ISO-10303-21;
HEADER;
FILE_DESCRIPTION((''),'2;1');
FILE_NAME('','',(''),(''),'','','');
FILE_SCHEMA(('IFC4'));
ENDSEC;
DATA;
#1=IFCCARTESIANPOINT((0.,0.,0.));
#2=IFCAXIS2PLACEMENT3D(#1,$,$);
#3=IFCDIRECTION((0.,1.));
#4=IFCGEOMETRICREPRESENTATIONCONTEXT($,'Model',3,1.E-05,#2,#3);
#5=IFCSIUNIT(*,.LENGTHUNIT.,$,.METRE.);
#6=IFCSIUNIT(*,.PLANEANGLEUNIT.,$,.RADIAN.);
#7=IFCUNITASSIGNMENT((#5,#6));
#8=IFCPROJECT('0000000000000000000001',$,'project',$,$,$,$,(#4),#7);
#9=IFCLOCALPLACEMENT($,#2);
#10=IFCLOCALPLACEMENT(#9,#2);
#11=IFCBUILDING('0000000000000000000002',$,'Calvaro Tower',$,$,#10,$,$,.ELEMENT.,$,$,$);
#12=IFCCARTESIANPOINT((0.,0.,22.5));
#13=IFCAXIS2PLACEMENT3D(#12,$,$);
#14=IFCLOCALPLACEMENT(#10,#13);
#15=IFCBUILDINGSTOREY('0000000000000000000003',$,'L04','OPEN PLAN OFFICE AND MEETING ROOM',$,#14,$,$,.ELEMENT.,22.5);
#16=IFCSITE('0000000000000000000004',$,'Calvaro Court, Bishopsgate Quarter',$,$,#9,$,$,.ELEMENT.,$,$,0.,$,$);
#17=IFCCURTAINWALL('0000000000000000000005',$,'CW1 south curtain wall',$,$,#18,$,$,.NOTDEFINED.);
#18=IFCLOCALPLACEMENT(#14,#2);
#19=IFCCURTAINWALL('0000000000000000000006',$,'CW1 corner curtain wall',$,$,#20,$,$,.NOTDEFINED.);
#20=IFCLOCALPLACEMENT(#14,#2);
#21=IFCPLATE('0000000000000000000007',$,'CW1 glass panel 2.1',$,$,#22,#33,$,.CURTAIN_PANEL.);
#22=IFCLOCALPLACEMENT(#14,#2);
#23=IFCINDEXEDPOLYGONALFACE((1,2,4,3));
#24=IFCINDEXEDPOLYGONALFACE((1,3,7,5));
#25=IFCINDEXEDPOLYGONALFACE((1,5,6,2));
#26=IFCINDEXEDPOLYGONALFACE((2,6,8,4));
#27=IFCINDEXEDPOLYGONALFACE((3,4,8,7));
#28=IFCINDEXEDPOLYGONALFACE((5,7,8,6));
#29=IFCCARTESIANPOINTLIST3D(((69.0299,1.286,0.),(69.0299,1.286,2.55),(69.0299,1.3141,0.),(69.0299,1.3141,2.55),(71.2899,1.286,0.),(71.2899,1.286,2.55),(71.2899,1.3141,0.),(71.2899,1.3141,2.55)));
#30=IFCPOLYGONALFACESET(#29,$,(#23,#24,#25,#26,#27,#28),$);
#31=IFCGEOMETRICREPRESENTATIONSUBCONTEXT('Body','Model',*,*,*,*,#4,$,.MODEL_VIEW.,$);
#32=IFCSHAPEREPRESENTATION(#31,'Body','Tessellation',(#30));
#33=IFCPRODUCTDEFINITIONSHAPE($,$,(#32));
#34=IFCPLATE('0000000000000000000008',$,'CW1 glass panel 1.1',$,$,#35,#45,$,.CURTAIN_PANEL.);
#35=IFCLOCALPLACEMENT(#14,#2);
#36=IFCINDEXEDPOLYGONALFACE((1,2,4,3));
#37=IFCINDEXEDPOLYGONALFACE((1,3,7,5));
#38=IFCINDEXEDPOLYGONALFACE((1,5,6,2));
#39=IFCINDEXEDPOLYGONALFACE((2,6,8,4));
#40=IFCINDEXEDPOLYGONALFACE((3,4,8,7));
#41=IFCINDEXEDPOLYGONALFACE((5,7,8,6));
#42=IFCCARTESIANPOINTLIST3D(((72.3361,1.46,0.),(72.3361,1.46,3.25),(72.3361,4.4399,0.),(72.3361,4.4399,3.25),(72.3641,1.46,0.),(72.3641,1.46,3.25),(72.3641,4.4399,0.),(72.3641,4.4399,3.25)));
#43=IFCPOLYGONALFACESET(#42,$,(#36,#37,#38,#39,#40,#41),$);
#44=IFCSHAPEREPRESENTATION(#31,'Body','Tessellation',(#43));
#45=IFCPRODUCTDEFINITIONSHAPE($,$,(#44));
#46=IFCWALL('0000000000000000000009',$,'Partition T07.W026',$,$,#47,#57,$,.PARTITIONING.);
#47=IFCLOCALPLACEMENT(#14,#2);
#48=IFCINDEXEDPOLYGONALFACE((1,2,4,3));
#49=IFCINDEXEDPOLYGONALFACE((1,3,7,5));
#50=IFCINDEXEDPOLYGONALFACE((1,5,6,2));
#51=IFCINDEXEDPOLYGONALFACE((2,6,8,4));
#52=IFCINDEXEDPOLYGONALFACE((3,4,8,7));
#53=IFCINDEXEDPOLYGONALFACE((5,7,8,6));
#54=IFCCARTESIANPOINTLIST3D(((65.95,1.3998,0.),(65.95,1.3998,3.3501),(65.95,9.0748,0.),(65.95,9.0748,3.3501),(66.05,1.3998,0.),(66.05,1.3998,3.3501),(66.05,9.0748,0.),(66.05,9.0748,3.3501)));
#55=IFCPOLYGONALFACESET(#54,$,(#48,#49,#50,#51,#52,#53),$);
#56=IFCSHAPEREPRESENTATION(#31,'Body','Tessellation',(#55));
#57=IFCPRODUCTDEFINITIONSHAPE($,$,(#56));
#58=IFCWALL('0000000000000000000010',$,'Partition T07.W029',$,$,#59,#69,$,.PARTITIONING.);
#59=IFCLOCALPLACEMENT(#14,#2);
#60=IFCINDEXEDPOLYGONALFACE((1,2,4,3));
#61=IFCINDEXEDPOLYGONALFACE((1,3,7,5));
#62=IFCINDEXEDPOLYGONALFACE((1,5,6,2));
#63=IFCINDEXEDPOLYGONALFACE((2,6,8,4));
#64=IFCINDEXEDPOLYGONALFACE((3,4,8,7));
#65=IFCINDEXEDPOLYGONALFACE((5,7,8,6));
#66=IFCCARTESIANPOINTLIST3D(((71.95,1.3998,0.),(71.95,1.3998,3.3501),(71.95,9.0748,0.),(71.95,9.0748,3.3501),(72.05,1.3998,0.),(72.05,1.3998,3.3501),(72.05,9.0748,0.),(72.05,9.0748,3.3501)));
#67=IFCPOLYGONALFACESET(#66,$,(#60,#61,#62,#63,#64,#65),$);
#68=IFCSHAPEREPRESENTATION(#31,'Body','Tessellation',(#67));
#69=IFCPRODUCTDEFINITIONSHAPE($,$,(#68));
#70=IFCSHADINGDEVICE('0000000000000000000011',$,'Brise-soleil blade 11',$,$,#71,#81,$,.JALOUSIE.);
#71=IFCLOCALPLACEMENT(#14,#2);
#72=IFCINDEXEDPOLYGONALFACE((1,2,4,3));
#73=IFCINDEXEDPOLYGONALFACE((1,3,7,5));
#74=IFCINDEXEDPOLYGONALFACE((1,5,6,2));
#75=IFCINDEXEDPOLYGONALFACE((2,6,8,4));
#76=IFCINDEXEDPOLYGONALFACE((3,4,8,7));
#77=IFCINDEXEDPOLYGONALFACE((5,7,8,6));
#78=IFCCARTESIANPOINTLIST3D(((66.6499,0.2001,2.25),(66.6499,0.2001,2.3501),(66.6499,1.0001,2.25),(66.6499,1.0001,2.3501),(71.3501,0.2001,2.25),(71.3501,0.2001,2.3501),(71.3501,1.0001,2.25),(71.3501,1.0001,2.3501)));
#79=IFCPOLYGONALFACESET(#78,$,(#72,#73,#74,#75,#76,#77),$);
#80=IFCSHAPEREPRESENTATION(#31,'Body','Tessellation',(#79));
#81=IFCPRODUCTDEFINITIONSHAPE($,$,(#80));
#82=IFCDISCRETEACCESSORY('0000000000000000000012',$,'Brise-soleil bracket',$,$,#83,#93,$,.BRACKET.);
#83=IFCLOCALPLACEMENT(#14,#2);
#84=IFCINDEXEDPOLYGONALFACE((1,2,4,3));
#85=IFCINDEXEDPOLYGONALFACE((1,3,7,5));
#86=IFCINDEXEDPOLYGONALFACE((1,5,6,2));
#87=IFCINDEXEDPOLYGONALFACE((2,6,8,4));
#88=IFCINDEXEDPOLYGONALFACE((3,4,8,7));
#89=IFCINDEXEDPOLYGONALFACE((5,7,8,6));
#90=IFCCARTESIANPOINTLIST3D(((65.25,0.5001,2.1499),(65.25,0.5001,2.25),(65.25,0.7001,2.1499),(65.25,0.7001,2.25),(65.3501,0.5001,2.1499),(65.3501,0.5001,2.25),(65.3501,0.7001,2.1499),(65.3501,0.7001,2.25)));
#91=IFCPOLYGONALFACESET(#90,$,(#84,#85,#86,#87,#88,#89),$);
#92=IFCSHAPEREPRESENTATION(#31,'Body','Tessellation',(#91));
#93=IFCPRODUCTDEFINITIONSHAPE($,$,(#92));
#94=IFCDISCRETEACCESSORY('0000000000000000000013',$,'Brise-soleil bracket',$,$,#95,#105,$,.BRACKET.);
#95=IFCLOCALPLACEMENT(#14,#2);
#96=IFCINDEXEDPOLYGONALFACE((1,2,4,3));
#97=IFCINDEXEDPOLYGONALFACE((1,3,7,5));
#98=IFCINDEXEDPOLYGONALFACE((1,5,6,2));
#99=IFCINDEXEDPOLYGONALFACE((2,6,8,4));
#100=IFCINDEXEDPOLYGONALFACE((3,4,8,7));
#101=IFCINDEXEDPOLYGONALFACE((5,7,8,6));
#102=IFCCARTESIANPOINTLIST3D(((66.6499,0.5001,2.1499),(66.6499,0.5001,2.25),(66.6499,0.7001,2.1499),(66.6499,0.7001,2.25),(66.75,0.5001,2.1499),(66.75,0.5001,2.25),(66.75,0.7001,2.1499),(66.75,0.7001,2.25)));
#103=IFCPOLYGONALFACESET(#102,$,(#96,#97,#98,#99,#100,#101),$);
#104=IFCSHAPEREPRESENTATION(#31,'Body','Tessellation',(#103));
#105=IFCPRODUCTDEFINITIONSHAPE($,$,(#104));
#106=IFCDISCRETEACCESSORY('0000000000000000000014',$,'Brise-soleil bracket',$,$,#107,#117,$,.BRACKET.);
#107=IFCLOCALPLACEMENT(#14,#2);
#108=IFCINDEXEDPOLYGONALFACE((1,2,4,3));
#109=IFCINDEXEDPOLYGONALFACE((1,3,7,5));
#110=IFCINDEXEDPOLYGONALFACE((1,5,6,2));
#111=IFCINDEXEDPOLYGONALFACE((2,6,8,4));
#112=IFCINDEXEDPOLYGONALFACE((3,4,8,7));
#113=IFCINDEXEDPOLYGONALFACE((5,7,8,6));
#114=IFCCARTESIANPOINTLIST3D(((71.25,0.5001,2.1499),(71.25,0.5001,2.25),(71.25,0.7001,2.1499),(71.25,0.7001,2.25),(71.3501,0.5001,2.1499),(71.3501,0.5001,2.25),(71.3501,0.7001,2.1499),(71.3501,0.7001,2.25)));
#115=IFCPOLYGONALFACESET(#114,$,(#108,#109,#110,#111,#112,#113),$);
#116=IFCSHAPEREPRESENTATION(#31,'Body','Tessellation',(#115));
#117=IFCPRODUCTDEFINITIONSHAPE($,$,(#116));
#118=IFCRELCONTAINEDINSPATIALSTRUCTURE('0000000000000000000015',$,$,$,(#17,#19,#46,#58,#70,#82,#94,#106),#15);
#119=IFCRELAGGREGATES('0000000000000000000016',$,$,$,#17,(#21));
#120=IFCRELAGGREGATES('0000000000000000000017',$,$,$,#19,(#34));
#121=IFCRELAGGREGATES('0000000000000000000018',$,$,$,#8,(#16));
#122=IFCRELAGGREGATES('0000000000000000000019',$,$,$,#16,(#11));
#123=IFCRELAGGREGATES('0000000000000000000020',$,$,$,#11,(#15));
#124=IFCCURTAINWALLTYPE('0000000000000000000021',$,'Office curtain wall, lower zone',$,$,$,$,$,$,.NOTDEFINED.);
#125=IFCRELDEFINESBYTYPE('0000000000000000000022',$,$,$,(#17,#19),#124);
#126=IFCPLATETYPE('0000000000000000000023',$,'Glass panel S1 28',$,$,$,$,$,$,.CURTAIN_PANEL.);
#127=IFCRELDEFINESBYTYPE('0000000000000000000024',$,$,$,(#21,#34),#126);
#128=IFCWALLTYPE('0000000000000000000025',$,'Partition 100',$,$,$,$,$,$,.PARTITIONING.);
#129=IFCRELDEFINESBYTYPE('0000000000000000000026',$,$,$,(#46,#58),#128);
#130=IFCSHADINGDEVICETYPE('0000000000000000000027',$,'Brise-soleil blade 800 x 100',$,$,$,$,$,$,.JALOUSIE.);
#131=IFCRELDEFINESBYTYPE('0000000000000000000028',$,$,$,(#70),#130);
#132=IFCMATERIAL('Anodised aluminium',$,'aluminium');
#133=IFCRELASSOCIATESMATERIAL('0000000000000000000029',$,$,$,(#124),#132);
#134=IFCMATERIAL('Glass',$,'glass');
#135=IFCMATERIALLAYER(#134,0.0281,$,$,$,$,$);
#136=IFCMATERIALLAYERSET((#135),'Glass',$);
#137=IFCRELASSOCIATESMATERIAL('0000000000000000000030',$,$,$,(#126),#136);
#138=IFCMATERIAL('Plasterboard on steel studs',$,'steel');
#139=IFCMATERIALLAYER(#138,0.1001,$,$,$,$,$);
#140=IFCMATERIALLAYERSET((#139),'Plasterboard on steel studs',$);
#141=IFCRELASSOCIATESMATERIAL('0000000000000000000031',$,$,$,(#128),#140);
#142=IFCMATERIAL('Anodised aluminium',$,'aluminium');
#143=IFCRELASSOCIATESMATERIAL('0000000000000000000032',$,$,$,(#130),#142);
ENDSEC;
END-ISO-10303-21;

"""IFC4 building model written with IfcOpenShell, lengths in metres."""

from ifc_helpers import new_model, si_unit, direction, frame, frame_2d, origin, origin_2d, place, context, subcontext, project, spatial, rectangle, extrude, material, layer, layer_set, material_profile, profile_set, type_object, element, aggregate, save


model = new_model("IFC4")

# Units and contexts
model_context = context("Model", 3, precision=1e-05, world=origin(), true_north=direction((0.0, 1.0)))
body_context = subcontext(model_context, "Body", "Model", "MODEL_VIEW")
ifc_project = project(units=[si_unit("LENGTHUNIT", "METRE"), si_unit("PLANEANGLEUNIT", "RADIAN")], contexts=[model_context])

# Site, building, storey
site_placement = place(None, origin())
site = spatial("IfcSite", under=ifc_project, at=site_placement, Name="Calvaro Court, Bishopsgate Quarter", CompositionType="ELEMENT", RefElevation=0.0)
building_placement = place(site_placement, origin())
building = spatial("IfcBuilding", under=site, at=building_placement, Name="Calvaro Tower", CompositionType="ELEMENT")
storey_placement = place(building_placement, frame((0.0, 0.0, 22.5)))
storey = spatial("IfcBuildingStorey", under=building, at=storey_placement, Name="L04", Description="OPEN PLAN OFFICE AND MEETING ROOM", CompositionType="ELEMENT", Elevation=22.5)

# Shared definitions
ifc_material_1 = material(Name="Anodised aluminium", Category="aluminium")
curtain_wall_type = type_object("IfcCurtainWallType", Name="Office curtain wall, lower zone", PredefinedType="NOTDEFINED", material=ifc_material_1)

# Curtain walls
curtain_wall_1_placement = place(storey_placement, origin())
curtain_wall_1 = element("IfcCurtainWall", 1, at=curtain_wall_1_placement, inside=storey, type_object=curtain_wall_type, Name="CW1 south curtain wall", PredefinedType="NOTDEFINED")
curtain_wall_2_placement = place(storey_placement, origin())
curtain_wall_2 = element("IfcCurtainWall", 2, at=curtain_wall_2_placement, inside=storey, type_object=curtain_wall_type, Name="CW1 corner curtain wall", PredefinedType="NOTDEFINED")

# Plates
ifc_material_2 = material(Name="Glass", Category="glass")
ifc_layer_1 = layer(ifc_material_2, 0.0281)
ifc_layer_set_1 = layer_set([ifc_layer_1], Name="Glass")
plate_type = type_object("IfcPlateType", Name="Glass panel S1 28", PredefinedType="CURTAIN_PANEL", material=ifc_layer_set_1)
plate_1_placement = place(storey_placement, frame((70.1599, 1.3, 0.0), z_axis=(0.0, 0.0, 1.0), x_axis=(1.0, 0.0, 0.0)))
plate_1 = element("IfcPlate", 3, at=plate_1_placement, type_object=plate_type, Name="CW1 glass panel 2.1", PredefinedType="CURTAIN_PANEL", context=body_context, shape_type="SweptSolid", body=[
    extrude(rectangle(XDim=2.26, YDim=0.0281, at=origin_2d()), origin(), (0.0, 0.0, 1.0), 2.55),
])
aggregate(curtain_wall_1, [plate_1])
plate_2_placement = place(storey_placement, frame((72.3501, 2.95, 0.0), z_axis=(0.0, 0.0, 1.0), x_axis=(0.0, 1.0, 0.0)))
plate_2 = element("IfcPlate", 4, at=plate_2_placement, type_object=plate_type, Name="CW1 glass panel 1.1", PredefinedType="CURTAIN_PANEL", context=body_context, shape_type="SweptSolid", body=[
    extrude(rectangle(XDim=2.98, YDim=0.0281, at=origin_2d()), origin(), (0.0, 0.0, 1.0), 3.25),
])
aggregate(curtain_wall_2, [plate_2])

# Walls
ifc_material_3 = material(Name="Plasterboard on steel studs", Category="steel")
ifc_layer_2 = layer(ifc_material_3, 0.1001)
ifc_layer_set_2 = layer_set([ifc_layer_2], Name="Plasterboard on steel studs")
wall_type = type_object("IfcWallType", Name="Partition 100", PredefinedType="PARTITIONING", material=ifc_layer_set_2)
for number, where, z_axis, x_axis, name in (
    (5, (66.0, 1.3999, 0.0), (0.0, 0.0, 1.0), (0.0, 1.0, 0.0), "Partition T07.W026"),
    (6, (72.0, 1.3999, 0.0), (0.0, 0.0, 1.0), (0.0, 1.0, 0.0), "Partition T07.W029"),
):
    element("IfcWall", number, at=place(storey_placement, frame(where, z_axis=z_axis, x_axis=x_axis)), inside=storey, type_object=wall_type, Name=name, PredefinedType="PARTITIONING", context=body_context, shape_type="SweptSolid", body=[
        extrude(rectangle(XDim=7.675, YDim=0.1001, at=frame_2d((3.8374, 0.0))), origin(), (0.0, 0.0, 1.0), 3.3501),
    ])

# Shading device
ifc_material_4 = material(Name="Anodised aluminium", Category="aluminium")
ifc_material_profile_1 = material_profile(ifc_material_4, rectangle(XDim=0.8, YDim=0.1001, at=origin_2d()), Name="Brise-soleil blade 800 x 100")
ifc_profile_set_1 = profile_set([ifc_material_profile_1], Name="Anodised aluminium")
shading_device_type = type_object("IfcShadingDeviceType", Name="Brise-soleil blade 800 x 100", PredefinedType="JALOUSIE", material=ifc_profile_set_1)
shading_device_placement = place(storey_placement, frame((66.6499, 0.6001, 2.3), z_axis=(1.0, 0.0, 0.0), x_axis=(0.0, 1.0, 0.0)))
element("IfcShadingDevice", 7, at=shading_device_placement, inside=storey, type_object=shading_device_type, Name="Brise-soleil blade 11", PredefinedType="JALOUSIE", context=body_context, shape_type="SweptSolid", body=[
    extrude(rectangle(XDim=0.8, YDim=0.1001, at=origin_2d()), origin(), (0.0, 0.0, 1.0), 4.7002),
])

# Discrete accessories
for number, where, z_axis, x_axis, name in (
    (8, (65.3, 0.6001, 2.1499), (0.0, 0.0, 1.0), (1.0, 0.0, 0.0), "Brise-soleil bracket"),
    (9, (66.7, 0.6001, 2.1499), (0.0, 0.0, 1.0), (1.0, 0.0, 0.0), "Brise-soleil bracket"),
    (10, (71.3, 0.6001, 2.1499), (0.0, 0.0, 1.0), (1.0, 0.0, 0.0), "Brise-soleil bracket"),
):
    element("IfcDiscreteAccessory", number, at=place(storey_placement, frame(where, z_axis=z_axis, x_axis=x_axis)), inside=storey, Name=name, PredefinedType="BRACKET", context=body_context, shape_type="SweptSolid", body=[
        extrude(rectangle(XDim=0.1001, YDim=0.2, at=origin_2d()), origin(), (0.0, 0.0, 1.0), 0.1001),
    ])

save(model, "model.ifc")
